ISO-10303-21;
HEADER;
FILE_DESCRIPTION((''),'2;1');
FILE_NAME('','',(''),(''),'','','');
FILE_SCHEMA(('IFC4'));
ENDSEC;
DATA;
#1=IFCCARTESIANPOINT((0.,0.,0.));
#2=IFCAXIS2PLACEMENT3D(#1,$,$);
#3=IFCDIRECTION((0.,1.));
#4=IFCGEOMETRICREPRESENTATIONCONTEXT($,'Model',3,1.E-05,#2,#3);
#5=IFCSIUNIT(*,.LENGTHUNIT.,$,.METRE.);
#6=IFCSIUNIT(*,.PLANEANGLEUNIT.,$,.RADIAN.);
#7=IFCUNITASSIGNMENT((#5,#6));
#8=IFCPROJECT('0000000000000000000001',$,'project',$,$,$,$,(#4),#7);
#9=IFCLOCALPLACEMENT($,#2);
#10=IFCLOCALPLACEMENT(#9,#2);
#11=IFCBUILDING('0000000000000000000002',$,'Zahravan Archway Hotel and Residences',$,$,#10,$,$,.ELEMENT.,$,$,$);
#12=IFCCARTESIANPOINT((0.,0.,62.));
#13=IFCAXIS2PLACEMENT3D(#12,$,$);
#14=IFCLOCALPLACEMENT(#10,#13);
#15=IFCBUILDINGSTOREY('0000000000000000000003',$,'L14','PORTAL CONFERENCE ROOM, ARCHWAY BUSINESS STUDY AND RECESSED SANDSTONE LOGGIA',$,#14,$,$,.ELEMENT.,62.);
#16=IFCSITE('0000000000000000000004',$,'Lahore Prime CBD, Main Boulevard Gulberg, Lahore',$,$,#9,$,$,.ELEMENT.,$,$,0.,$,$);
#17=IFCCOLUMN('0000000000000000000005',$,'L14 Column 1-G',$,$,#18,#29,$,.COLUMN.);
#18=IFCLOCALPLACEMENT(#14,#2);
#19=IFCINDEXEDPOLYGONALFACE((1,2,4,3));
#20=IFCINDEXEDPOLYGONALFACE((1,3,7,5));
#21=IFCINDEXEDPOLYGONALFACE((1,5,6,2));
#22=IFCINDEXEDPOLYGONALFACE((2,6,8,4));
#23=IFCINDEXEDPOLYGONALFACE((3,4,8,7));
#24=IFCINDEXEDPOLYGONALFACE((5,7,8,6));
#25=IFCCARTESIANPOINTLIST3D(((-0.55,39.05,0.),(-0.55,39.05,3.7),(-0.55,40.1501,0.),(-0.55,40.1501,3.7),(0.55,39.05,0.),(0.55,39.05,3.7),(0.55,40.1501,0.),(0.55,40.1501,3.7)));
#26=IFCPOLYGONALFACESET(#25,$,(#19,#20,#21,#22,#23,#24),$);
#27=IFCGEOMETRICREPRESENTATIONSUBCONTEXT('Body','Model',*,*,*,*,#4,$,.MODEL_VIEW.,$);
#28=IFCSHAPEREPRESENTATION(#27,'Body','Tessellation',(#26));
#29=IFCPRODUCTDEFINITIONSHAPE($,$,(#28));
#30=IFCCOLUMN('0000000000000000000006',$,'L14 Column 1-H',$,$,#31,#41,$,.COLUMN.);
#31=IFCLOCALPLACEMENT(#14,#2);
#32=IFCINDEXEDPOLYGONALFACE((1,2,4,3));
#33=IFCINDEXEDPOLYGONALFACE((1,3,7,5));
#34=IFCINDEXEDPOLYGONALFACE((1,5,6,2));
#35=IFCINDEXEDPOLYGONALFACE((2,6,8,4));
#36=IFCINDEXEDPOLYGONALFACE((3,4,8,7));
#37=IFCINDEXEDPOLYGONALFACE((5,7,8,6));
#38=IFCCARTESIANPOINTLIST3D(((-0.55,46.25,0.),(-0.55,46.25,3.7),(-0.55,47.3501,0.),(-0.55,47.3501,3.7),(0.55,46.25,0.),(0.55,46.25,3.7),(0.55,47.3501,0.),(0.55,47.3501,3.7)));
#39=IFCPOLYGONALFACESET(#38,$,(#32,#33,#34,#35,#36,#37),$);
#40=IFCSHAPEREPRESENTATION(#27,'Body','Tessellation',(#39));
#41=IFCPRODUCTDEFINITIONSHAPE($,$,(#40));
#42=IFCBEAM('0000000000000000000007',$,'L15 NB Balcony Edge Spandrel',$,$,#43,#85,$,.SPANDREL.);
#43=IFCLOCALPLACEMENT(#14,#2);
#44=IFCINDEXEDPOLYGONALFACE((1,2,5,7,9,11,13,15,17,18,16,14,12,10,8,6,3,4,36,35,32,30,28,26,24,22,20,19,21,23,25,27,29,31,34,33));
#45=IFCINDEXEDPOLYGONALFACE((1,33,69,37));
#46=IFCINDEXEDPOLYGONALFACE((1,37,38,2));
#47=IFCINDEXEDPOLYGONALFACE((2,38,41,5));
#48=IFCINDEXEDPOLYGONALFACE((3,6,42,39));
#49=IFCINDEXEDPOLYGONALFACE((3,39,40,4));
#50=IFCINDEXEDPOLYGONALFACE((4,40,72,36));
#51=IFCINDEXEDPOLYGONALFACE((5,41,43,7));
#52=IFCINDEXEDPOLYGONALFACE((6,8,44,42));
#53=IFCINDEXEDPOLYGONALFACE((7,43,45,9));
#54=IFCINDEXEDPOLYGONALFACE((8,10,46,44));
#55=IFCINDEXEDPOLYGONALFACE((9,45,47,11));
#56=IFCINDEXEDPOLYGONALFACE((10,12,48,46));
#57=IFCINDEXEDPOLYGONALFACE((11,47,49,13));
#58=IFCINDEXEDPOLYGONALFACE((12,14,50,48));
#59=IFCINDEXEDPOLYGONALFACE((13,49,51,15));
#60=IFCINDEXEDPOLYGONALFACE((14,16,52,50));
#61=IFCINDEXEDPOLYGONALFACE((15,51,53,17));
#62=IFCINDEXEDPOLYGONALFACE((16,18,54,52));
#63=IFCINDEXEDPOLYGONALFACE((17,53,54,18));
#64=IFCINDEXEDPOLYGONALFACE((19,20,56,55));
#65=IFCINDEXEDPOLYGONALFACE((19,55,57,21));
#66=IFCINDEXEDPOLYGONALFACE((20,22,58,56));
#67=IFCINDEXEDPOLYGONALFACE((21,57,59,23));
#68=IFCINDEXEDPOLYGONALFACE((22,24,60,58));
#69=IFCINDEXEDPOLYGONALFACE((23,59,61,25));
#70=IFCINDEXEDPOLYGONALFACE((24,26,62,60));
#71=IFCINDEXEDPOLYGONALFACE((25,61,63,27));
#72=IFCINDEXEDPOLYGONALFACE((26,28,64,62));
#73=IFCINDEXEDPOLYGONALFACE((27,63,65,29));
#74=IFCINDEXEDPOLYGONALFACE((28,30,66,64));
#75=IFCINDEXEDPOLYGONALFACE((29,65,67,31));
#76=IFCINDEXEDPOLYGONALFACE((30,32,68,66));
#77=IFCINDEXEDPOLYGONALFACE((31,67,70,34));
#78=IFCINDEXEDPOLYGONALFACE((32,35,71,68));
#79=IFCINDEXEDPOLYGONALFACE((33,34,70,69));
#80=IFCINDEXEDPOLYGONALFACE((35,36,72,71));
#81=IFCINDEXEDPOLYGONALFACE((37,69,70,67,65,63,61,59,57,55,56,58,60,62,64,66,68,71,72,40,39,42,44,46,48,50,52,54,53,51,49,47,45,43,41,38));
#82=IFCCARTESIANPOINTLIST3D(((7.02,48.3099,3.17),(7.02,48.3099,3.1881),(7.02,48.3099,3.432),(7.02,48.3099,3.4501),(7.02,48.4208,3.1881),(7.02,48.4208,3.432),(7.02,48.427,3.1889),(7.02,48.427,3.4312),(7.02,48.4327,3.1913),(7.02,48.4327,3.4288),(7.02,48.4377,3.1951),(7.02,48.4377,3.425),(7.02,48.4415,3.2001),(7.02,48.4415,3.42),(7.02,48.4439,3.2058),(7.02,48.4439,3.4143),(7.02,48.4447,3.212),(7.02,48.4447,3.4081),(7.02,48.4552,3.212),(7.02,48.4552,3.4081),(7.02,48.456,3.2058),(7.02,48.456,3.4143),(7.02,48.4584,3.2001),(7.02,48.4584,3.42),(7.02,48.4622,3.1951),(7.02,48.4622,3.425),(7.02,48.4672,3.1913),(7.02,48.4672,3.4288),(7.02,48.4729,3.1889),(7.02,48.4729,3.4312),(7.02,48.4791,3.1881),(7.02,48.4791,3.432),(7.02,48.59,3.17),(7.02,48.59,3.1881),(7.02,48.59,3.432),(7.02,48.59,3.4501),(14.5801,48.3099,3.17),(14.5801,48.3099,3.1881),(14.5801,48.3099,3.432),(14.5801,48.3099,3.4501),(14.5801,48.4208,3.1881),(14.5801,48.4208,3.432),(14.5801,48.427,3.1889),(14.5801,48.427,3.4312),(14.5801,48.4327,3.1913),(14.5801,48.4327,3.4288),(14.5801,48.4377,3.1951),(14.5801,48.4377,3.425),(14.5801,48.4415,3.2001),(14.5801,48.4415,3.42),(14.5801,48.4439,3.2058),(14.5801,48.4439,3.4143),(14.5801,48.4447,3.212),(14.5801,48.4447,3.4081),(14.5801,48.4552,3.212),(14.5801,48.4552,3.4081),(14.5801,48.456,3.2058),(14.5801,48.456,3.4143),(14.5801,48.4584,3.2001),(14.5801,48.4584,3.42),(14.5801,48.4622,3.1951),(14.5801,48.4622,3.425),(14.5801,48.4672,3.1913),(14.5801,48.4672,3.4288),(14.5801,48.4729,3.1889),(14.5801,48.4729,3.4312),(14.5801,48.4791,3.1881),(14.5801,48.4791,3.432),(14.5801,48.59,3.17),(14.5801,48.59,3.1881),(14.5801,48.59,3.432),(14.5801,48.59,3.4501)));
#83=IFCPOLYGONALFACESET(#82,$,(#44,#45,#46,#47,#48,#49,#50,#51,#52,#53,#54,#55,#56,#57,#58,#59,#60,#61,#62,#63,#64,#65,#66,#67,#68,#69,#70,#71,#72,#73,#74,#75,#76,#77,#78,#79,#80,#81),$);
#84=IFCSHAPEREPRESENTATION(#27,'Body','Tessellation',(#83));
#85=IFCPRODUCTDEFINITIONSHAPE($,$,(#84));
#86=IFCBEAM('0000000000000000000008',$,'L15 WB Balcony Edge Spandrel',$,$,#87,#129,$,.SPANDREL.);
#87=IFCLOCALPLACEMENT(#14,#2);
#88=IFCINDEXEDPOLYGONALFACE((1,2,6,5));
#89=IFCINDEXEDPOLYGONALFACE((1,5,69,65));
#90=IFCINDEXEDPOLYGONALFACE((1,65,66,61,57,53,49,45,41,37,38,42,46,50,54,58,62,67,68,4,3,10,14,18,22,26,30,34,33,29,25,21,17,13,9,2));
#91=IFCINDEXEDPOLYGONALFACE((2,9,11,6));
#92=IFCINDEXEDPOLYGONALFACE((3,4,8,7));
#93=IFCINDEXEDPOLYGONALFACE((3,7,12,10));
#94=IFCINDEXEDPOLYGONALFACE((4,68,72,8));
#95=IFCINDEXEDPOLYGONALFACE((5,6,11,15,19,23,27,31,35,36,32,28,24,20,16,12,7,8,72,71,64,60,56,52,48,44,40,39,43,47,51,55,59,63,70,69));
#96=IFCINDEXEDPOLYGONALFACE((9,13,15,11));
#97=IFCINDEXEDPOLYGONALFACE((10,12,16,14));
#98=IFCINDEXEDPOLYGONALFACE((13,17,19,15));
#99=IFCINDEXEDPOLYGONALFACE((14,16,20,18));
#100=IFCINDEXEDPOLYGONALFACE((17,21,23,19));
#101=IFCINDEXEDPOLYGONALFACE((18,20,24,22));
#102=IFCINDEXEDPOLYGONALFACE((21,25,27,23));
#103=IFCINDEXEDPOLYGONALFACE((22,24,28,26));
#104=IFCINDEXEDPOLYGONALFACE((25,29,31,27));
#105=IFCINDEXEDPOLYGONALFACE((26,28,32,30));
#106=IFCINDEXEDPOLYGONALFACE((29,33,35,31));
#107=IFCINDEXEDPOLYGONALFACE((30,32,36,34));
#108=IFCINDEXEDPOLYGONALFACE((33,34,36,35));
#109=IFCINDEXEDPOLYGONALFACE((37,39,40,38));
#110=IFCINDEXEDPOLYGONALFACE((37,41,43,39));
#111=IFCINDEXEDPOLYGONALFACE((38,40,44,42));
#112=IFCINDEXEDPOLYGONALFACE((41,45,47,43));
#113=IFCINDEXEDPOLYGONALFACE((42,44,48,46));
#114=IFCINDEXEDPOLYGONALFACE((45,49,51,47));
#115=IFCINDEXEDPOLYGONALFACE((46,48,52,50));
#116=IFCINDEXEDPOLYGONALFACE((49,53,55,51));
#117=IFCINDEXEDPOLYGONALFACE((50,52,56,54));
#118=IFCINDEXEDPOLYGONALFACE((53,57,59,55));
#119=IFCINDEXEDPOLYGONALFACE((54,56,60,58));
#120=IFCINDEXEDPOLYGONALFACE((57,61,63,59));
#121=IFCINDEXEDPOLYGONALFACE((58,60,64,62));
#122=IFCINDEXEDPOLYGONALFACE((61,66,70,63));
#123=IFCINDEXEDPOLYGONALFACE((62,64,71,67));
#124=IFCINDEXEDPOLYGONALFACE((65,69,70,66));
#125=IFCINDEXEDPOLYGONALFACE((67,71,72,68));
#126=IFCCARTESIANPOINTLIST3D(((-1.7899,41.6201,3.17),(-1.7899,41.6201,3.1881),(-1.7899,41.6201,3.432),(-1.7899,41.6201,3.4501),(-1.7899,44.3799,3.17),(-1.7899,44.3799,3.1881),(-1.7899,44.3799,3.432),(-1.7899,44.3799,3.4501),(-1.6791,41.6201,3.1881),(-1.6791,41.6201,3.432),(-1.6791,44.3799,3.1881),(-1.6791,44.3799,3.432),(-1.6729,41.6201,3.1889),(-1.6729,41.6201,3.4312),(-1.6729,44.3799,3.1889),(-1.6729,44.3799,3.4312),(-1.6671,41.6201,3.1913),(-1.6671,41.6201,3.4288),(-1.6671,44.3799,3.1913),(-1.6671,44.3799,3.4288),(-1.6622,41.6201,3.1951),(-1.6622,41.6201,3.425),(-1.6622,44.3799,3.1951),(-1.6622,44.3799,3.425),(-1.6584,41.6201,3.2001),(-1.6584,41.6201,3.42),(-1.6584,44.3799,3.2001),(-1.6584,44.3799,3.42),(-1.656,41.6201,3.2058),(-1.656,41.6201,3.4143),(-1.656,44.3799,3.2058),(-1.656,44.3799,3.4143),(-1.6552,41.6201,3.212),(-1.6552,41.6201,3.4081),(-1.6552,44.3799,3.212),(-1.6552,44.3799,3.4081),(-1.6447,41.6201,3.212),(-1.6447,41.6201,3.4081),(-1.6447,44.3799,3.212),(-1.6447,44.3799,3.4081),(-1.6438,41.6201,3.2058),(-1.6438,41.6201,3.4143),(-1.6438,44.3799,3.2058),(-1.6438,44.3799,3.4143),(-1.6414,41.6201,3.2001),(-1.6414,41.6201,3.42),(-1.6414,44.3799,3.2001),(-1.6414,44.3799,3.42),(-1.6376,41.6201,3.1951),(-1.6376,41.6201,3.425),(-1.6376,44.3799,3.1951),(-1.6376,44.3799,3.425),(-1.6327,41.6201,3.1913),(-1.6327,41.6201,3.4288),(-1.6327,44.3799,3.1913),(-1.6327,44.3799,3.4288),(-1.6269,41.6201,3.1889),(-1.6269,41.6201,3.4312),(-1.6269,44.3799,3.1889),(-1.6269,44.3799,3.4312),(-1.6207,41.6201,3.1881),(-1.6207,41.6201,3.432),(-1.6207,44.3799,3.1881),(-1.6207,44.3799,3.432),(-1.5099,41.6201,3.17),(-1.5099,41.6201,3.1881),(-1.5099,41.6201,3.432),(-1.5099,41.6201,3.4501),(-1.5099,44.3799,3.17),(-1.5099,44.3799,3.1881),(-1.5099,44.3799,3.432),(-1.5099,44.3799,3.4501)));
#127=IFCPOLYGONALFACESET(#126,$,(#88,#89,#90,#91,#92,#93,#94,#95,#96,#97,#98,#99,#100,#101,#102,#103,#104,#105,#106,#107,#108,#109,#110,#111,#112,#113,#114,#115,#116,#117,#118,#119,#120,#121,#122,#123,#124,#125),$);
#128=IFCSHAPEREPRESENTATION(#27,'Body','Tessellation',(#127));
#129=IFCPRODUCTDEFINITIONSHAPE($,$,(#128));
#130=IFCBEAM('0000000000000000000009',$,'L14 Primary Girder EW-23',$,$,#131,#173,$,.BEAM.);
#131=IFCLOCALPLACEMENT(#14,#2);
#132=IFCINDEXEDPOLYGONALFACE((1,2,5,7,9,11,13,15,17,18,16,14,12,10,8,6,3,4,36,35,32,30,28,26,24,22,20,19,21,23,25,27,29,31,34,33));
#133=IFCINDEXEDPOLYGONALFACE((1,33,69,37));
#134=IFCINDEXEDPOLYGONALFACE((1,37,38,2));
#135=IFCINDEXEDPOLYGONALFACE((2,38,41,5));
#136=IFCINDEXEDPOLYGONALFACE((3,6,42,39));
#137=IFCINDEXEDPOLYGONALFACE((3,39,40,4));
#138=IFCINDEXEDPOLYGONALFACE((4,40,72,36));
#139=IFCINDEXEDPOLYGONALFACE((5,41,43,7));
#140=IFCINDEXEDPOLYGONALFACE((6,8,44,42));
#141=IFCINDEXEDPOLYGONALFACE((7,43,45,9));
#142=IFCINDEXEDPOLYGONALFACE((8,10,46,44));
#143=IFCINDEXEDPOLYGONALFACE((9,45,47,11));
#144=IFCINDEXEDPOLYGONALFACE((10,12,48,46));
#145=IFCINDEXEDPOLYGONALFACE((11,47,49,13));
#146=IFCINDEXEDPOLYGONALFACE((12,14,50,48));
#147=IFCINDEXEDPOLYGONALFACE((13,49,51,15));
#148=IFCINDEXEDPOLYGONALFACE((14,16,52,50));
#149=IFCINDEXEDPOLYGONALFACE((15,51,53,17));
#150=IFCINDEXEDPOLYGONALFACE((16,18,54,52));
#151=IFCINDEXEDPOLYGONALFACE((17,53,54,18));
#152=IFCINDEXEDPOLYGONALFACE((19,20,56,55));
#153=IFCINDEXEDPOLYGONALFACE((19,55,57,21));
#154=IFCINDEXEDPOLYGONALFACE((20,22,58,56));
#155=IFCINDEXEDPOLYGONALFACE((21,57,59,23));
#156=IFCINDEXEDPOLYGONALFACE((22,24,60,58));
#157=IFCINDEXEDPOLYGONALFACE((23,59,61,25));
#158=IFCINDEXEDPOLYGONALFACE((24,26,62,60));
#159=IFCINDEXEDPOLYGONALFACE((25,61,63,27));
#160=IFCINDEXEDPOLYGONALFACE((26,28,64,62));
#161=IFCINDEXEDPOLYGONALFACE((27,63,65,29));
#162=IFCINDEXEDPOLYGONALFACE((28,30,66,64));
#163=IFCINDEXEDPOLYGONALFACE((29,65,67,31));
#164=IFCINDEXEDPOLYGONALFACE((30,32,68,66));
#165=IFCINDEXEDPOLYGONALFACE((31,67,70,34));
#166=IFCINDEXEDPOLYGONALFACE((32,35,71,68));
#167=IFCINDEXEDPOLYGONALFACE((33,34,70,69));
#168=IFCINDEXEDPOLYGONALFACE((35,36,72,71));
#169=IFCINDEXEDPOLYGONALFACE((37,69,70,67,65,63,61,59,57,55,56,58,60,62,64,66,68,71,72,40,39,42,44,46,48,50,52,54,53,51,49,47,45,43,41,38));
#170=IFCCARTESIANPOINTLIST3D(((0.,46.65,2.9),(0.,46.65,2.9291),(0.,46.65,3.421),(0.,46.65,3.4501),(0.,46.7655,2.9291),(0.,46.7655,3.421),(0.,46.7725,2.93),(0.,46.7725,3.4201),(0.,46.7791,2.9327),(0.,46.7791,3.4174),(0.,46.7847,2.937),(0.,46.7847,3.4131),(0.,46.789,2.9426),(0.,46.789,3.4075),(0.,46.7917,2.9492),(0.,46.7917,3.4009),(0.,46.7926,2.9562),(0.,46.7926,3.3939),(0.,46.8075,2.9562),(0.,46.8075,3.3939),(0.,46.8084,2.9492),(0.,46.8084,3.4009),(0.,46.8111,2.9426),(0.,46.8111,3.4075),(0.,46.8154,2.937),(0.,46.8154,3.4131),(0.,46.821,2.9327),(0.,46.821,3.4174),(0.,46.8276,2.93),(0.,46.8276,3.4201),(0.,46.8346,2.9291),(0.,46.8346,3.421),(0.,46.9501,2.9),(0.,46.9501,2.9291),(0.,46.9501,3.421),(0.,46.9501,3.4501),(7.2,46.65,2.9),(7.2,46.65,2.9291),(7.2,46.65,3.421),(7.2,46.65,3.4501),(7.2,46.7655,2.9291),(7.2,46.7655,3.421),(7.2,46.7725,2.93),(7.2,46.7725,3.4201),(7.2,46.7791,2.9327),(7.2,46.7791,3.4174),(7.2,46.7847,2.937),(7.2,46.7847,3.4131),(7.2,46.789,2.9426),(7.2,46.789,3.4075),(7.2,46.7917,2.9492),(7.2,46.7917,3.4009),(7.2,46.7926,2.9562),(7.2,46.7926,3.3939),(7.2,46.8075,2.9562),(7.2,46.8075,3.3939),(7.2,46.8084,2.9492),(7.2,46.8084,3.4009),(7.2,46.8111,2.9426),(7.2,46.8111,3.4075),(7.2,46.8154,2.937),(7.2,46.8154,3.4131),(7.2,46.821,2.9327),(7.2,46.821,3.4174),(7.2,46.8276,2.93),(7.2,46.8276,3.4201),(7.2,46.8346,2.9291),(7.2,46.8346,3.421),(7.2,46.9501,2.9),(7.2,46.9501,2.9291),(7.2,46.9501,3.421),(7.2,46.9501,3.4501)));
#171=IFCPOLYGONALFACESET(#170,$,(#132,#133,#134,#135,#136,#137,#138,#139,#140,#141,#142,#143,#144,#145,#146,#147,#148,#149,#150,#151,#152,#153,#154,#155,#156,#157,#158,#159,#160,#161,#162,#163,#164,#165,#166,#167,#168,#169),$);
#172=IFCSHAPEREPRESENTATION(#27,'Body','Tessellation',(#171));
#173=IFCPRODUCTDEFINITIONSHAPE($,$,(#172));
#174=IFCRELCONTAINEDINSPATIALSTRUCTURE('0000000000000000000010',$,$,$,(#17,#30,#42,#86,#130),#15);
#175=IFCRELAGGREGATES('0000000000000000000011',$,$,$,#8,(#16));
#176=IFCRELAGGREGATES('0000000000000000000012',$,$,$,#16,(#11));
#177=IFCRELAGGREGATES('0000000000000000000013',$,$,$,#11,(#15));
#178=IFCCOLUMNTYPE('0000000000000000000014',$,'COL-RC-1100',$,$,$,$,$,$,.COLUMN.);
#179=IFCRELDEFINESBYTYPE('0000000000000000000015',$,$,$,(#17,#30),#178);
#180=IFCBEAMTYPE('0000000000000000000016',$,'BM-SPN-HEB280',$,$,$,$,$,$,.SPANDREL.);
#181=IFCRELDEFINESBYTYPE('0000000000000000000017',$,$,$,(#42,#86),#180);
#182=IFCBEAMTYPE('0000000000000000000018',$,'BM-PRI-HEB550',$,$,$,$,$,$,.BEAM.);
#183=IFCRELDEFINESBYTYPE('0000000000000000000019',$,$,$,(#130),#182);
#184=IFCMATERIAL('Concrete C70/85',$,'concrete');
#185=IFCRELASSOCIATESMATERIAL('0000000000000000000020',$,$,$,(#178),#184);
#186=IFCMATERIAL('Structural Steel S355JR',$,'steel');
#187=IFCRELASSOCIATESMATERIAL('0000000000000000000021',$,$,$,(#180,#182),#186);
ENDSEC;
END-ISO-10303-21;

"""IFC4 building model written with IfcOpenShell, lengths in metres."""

from ifc_helpers import new_model, si_unit, direction, frame, origin, origin_2d, place, context, subcontext, project, spatial, rectangle, i_section, extrude, source, transform, mapped, material, material_profile, profile_set, type_object, type_shapes, element, save


model = new_model("IFC4")

# Units and contexts
model_context = context("Model", 3, precision=1e-05, world=origin(), true_north=direction((0.0, 1.0)))
body_context = subcontext(model_context, "Body", "Model", "MODEL_VIEW")
ifc_project = project(units=[si_unit("LENGTHUNIT", "METRE"), si_unit("PLANEANGLEUNIT", "RADIAN")], contexts=[model_context])

# Site, building, storey
site_placement = place(None, origin())
site = spatial("IfcSite", under=ifc_project, at=site_placement, Name="Lahore Prime CBD, Main Boulevard Gulberg, Lahore", CompositionType="ELEMENT", RefElevation=0.0)
building_placement = place(site_placement, origin())
building = spatial("IfcBuilding", under=site, at=building_placement, Name="Zahravan Archway Hotel and Residences", CompositionType="ELEMENT")
storey_placement = place(building_placement, frame((0.0, 0.0, 62.0)))
storey = spatial("IfcBuildingStorey", under=building, at=storey_placement, Name="L14", Description="PORTAL CONFERENCE ROOM, ARCHWAY BUSINESS STUDY AND RECESSED SANDSTONE LOGGIA", CompositionType="ELEMENT", Elevation=62.0)

# Columns
ifc_material_1 = material(Name="Concrete C70/85", Category="concrete")
ifc_material_profile_1 = material_profile(ifc_material_1, rectangle(XDim=1.1001, YDim=1.1001, at=origin_2d()), Name="RC 1100x1100", Category="concrete")
ifc_profile_set_1 = profile_set([ifc_material_profile_1], Name="Concrete C70/85")
column_type = type_object("IfcColumnType", Name="COL-RC-1100", PredefinedType="COLUMN", material=ifc_profile_set_1)
shared_shape_1 = source(origin(), body_context, "Body", "SweptSolid", [
    extrude(rectangle(XDim=1.1001, YDim=1.1001, at=origin_2d()), origin(), (0.0, 0.0, 1.0), 3.7),
])
for number, where, z_axis, x_axis, name in (
    (1, (0.0, 39.6001, 0.0), (0.0, 0.0, 1.0), (1.0, 0.0, 0.0), "L14 Column 1-G"),
    (2, (0.0, 46.8, 0.0), (0.0, 0.0, 1.0), (1.0, 0.0, 0.0), "L14 Column 1-H"),
):
    element("IfcColumn", number, at=place(storey_placement, frame(where, z_axis=z_axis, x_axis=x_axis)), inside=storey, type_object=column_type, Name=name, PredefinedType="COLUMN", context=body_context, shape_type="MappedRepresentation", body=[
        mapped(shared_shape_1, transform((0.0, 0.0, 0.0), scale=1.0)),
    ])

# Beams
ifc_material_2 = material(Name="Structural Steel S355JR", Category="steel")
ifc_material_profile_2 = material_profile(ifc_material_2, i_section(OverallWidth=0.28, OverallDepth=0.28, WebThickness=0.0105, FlangeThickness=0.0181, FilletRadius=0.0239, at=origin_2d()), Name="HEB 280", Category="steel")
ifc_profile_set_2 = profile_set([ifc_material_profile_2], Name="Structural Steel S355JR")
beam_type_1 = type_object("IfcBeamType", Name="BM-SPN-HEB280", PredefinedType="SPANDREL", material=ifc_profile_set_2)
shared_shape_2 = source(origin(), body_context, "Body", "SweptSolid", [
    extrude(i_section(OverallWidth=0.28, OverallDepth=0.28, WebThickness=0.0105, FlangeThickness=0.0181, FilletRadius=0.0239, at=origin_2d()), origin(), (0.0, 0.0, 1.0), 7.5601),
])
type_shapes(beam_type_1, [shared_shape_2])
beam_1_placement = place(storey_placement, frame((7.02, 48.45, 3.3101), z_axis=(1.0, 0.0, 0.0), x_axis=(0.0, 1.0, 0.0)))
element("IfcBeam", 3, at=beam_1_placement, inside=storey, type_object=beam_type_1, Name="L15 NB Balcony Edge Spandrel", PredefinedType="SPANDREL", context=body_context, shape_type="MappedRepresentation", body=[
    mapped(shared_shape_2, transform((0.0, 0.0, 0.0), scale=1.0)),
])
shared_shape_3 = source(origin(), body_context, "Body", "SweptSolid", [
    extrude(i_section(OverallWidth=0.28, OverallDepth=0.28, WebThickness=0.0105, FlangeThickness=0.0181, FilletRadius=0.0239, at=origin_2d()), origin(), (0.0, 0.0, 1.0), 2.7598),
])
beam_2_placement = place(storey_placement, frame((-1.6499, 41.6201, 3.3101), z_axis=(0.0, 1.0, 0.0), x_axis=(-1.0, 0.0, 0.0)))
element("IfcBeam", 4, at=beam_2_placement, inside=storey, type_object=beam_type_1, Name="L15 WB Balcony Edge Spandrel", PredefinedType="SPANDREL", context=body_context, shape_type="MappedRepresentation", body=[
    mapped(shared_shape_3, transform((0.0, 0.0, 0.0), scale=1.0)),
])
ifc_material_profile_3 = material_profile(ifc_material_2, i_section(OverallWidth=0.3, OverallDepth=0.55, WebThickness=0.0149, FlangeThickness=0.0291, FilletRadius=0.0271, at=origin_2d()), Name="HEB 550", Category="steel")
ifc_profile_set_3 = profile_set([ifc_material_profile_3], Name="Structural Steel S355JR")
beam_type_2 = type_object("IfcBeamType", Name="BM-PRI-HEB550", PredefinedType="BEAM", material=ifc_profile_set_3)
shared_shape_4 = source(origin(), body_context, "Body", "SweptSolid", [
    extrude(i_section(OverallWidth=0.3, OverallDepth=0.55, WebThickness=0.0149, FlangeThickness=0.0291, FilletRadius=0.0271, at=origin_2d()), origin(), (0.0, 0.0, 1.0), 7.2),
])
for number, where, z_axis, x_axis, name in (
    (5, (0.0, 46.8, 3.175), (1.0, 0.0, 0.0), (0.0, 1.0, 0.0), "L14 Primary Girder EW-23"),
):
    element("IfcBeam", number, at=place(storey_placement, frame(where, z_axis=z_axis, x_axis=x_axis)), inside=storey, type_object=beam_type_2, Name=name, PredefinedType="BEAM", context=body_context, shape_type="MappedRepresentation", body=[
        mapped(shared_shape_4, transform((0.0, 0.0, 0.0), scale=1.0)),
    ])

save(model, "model.ifc")
